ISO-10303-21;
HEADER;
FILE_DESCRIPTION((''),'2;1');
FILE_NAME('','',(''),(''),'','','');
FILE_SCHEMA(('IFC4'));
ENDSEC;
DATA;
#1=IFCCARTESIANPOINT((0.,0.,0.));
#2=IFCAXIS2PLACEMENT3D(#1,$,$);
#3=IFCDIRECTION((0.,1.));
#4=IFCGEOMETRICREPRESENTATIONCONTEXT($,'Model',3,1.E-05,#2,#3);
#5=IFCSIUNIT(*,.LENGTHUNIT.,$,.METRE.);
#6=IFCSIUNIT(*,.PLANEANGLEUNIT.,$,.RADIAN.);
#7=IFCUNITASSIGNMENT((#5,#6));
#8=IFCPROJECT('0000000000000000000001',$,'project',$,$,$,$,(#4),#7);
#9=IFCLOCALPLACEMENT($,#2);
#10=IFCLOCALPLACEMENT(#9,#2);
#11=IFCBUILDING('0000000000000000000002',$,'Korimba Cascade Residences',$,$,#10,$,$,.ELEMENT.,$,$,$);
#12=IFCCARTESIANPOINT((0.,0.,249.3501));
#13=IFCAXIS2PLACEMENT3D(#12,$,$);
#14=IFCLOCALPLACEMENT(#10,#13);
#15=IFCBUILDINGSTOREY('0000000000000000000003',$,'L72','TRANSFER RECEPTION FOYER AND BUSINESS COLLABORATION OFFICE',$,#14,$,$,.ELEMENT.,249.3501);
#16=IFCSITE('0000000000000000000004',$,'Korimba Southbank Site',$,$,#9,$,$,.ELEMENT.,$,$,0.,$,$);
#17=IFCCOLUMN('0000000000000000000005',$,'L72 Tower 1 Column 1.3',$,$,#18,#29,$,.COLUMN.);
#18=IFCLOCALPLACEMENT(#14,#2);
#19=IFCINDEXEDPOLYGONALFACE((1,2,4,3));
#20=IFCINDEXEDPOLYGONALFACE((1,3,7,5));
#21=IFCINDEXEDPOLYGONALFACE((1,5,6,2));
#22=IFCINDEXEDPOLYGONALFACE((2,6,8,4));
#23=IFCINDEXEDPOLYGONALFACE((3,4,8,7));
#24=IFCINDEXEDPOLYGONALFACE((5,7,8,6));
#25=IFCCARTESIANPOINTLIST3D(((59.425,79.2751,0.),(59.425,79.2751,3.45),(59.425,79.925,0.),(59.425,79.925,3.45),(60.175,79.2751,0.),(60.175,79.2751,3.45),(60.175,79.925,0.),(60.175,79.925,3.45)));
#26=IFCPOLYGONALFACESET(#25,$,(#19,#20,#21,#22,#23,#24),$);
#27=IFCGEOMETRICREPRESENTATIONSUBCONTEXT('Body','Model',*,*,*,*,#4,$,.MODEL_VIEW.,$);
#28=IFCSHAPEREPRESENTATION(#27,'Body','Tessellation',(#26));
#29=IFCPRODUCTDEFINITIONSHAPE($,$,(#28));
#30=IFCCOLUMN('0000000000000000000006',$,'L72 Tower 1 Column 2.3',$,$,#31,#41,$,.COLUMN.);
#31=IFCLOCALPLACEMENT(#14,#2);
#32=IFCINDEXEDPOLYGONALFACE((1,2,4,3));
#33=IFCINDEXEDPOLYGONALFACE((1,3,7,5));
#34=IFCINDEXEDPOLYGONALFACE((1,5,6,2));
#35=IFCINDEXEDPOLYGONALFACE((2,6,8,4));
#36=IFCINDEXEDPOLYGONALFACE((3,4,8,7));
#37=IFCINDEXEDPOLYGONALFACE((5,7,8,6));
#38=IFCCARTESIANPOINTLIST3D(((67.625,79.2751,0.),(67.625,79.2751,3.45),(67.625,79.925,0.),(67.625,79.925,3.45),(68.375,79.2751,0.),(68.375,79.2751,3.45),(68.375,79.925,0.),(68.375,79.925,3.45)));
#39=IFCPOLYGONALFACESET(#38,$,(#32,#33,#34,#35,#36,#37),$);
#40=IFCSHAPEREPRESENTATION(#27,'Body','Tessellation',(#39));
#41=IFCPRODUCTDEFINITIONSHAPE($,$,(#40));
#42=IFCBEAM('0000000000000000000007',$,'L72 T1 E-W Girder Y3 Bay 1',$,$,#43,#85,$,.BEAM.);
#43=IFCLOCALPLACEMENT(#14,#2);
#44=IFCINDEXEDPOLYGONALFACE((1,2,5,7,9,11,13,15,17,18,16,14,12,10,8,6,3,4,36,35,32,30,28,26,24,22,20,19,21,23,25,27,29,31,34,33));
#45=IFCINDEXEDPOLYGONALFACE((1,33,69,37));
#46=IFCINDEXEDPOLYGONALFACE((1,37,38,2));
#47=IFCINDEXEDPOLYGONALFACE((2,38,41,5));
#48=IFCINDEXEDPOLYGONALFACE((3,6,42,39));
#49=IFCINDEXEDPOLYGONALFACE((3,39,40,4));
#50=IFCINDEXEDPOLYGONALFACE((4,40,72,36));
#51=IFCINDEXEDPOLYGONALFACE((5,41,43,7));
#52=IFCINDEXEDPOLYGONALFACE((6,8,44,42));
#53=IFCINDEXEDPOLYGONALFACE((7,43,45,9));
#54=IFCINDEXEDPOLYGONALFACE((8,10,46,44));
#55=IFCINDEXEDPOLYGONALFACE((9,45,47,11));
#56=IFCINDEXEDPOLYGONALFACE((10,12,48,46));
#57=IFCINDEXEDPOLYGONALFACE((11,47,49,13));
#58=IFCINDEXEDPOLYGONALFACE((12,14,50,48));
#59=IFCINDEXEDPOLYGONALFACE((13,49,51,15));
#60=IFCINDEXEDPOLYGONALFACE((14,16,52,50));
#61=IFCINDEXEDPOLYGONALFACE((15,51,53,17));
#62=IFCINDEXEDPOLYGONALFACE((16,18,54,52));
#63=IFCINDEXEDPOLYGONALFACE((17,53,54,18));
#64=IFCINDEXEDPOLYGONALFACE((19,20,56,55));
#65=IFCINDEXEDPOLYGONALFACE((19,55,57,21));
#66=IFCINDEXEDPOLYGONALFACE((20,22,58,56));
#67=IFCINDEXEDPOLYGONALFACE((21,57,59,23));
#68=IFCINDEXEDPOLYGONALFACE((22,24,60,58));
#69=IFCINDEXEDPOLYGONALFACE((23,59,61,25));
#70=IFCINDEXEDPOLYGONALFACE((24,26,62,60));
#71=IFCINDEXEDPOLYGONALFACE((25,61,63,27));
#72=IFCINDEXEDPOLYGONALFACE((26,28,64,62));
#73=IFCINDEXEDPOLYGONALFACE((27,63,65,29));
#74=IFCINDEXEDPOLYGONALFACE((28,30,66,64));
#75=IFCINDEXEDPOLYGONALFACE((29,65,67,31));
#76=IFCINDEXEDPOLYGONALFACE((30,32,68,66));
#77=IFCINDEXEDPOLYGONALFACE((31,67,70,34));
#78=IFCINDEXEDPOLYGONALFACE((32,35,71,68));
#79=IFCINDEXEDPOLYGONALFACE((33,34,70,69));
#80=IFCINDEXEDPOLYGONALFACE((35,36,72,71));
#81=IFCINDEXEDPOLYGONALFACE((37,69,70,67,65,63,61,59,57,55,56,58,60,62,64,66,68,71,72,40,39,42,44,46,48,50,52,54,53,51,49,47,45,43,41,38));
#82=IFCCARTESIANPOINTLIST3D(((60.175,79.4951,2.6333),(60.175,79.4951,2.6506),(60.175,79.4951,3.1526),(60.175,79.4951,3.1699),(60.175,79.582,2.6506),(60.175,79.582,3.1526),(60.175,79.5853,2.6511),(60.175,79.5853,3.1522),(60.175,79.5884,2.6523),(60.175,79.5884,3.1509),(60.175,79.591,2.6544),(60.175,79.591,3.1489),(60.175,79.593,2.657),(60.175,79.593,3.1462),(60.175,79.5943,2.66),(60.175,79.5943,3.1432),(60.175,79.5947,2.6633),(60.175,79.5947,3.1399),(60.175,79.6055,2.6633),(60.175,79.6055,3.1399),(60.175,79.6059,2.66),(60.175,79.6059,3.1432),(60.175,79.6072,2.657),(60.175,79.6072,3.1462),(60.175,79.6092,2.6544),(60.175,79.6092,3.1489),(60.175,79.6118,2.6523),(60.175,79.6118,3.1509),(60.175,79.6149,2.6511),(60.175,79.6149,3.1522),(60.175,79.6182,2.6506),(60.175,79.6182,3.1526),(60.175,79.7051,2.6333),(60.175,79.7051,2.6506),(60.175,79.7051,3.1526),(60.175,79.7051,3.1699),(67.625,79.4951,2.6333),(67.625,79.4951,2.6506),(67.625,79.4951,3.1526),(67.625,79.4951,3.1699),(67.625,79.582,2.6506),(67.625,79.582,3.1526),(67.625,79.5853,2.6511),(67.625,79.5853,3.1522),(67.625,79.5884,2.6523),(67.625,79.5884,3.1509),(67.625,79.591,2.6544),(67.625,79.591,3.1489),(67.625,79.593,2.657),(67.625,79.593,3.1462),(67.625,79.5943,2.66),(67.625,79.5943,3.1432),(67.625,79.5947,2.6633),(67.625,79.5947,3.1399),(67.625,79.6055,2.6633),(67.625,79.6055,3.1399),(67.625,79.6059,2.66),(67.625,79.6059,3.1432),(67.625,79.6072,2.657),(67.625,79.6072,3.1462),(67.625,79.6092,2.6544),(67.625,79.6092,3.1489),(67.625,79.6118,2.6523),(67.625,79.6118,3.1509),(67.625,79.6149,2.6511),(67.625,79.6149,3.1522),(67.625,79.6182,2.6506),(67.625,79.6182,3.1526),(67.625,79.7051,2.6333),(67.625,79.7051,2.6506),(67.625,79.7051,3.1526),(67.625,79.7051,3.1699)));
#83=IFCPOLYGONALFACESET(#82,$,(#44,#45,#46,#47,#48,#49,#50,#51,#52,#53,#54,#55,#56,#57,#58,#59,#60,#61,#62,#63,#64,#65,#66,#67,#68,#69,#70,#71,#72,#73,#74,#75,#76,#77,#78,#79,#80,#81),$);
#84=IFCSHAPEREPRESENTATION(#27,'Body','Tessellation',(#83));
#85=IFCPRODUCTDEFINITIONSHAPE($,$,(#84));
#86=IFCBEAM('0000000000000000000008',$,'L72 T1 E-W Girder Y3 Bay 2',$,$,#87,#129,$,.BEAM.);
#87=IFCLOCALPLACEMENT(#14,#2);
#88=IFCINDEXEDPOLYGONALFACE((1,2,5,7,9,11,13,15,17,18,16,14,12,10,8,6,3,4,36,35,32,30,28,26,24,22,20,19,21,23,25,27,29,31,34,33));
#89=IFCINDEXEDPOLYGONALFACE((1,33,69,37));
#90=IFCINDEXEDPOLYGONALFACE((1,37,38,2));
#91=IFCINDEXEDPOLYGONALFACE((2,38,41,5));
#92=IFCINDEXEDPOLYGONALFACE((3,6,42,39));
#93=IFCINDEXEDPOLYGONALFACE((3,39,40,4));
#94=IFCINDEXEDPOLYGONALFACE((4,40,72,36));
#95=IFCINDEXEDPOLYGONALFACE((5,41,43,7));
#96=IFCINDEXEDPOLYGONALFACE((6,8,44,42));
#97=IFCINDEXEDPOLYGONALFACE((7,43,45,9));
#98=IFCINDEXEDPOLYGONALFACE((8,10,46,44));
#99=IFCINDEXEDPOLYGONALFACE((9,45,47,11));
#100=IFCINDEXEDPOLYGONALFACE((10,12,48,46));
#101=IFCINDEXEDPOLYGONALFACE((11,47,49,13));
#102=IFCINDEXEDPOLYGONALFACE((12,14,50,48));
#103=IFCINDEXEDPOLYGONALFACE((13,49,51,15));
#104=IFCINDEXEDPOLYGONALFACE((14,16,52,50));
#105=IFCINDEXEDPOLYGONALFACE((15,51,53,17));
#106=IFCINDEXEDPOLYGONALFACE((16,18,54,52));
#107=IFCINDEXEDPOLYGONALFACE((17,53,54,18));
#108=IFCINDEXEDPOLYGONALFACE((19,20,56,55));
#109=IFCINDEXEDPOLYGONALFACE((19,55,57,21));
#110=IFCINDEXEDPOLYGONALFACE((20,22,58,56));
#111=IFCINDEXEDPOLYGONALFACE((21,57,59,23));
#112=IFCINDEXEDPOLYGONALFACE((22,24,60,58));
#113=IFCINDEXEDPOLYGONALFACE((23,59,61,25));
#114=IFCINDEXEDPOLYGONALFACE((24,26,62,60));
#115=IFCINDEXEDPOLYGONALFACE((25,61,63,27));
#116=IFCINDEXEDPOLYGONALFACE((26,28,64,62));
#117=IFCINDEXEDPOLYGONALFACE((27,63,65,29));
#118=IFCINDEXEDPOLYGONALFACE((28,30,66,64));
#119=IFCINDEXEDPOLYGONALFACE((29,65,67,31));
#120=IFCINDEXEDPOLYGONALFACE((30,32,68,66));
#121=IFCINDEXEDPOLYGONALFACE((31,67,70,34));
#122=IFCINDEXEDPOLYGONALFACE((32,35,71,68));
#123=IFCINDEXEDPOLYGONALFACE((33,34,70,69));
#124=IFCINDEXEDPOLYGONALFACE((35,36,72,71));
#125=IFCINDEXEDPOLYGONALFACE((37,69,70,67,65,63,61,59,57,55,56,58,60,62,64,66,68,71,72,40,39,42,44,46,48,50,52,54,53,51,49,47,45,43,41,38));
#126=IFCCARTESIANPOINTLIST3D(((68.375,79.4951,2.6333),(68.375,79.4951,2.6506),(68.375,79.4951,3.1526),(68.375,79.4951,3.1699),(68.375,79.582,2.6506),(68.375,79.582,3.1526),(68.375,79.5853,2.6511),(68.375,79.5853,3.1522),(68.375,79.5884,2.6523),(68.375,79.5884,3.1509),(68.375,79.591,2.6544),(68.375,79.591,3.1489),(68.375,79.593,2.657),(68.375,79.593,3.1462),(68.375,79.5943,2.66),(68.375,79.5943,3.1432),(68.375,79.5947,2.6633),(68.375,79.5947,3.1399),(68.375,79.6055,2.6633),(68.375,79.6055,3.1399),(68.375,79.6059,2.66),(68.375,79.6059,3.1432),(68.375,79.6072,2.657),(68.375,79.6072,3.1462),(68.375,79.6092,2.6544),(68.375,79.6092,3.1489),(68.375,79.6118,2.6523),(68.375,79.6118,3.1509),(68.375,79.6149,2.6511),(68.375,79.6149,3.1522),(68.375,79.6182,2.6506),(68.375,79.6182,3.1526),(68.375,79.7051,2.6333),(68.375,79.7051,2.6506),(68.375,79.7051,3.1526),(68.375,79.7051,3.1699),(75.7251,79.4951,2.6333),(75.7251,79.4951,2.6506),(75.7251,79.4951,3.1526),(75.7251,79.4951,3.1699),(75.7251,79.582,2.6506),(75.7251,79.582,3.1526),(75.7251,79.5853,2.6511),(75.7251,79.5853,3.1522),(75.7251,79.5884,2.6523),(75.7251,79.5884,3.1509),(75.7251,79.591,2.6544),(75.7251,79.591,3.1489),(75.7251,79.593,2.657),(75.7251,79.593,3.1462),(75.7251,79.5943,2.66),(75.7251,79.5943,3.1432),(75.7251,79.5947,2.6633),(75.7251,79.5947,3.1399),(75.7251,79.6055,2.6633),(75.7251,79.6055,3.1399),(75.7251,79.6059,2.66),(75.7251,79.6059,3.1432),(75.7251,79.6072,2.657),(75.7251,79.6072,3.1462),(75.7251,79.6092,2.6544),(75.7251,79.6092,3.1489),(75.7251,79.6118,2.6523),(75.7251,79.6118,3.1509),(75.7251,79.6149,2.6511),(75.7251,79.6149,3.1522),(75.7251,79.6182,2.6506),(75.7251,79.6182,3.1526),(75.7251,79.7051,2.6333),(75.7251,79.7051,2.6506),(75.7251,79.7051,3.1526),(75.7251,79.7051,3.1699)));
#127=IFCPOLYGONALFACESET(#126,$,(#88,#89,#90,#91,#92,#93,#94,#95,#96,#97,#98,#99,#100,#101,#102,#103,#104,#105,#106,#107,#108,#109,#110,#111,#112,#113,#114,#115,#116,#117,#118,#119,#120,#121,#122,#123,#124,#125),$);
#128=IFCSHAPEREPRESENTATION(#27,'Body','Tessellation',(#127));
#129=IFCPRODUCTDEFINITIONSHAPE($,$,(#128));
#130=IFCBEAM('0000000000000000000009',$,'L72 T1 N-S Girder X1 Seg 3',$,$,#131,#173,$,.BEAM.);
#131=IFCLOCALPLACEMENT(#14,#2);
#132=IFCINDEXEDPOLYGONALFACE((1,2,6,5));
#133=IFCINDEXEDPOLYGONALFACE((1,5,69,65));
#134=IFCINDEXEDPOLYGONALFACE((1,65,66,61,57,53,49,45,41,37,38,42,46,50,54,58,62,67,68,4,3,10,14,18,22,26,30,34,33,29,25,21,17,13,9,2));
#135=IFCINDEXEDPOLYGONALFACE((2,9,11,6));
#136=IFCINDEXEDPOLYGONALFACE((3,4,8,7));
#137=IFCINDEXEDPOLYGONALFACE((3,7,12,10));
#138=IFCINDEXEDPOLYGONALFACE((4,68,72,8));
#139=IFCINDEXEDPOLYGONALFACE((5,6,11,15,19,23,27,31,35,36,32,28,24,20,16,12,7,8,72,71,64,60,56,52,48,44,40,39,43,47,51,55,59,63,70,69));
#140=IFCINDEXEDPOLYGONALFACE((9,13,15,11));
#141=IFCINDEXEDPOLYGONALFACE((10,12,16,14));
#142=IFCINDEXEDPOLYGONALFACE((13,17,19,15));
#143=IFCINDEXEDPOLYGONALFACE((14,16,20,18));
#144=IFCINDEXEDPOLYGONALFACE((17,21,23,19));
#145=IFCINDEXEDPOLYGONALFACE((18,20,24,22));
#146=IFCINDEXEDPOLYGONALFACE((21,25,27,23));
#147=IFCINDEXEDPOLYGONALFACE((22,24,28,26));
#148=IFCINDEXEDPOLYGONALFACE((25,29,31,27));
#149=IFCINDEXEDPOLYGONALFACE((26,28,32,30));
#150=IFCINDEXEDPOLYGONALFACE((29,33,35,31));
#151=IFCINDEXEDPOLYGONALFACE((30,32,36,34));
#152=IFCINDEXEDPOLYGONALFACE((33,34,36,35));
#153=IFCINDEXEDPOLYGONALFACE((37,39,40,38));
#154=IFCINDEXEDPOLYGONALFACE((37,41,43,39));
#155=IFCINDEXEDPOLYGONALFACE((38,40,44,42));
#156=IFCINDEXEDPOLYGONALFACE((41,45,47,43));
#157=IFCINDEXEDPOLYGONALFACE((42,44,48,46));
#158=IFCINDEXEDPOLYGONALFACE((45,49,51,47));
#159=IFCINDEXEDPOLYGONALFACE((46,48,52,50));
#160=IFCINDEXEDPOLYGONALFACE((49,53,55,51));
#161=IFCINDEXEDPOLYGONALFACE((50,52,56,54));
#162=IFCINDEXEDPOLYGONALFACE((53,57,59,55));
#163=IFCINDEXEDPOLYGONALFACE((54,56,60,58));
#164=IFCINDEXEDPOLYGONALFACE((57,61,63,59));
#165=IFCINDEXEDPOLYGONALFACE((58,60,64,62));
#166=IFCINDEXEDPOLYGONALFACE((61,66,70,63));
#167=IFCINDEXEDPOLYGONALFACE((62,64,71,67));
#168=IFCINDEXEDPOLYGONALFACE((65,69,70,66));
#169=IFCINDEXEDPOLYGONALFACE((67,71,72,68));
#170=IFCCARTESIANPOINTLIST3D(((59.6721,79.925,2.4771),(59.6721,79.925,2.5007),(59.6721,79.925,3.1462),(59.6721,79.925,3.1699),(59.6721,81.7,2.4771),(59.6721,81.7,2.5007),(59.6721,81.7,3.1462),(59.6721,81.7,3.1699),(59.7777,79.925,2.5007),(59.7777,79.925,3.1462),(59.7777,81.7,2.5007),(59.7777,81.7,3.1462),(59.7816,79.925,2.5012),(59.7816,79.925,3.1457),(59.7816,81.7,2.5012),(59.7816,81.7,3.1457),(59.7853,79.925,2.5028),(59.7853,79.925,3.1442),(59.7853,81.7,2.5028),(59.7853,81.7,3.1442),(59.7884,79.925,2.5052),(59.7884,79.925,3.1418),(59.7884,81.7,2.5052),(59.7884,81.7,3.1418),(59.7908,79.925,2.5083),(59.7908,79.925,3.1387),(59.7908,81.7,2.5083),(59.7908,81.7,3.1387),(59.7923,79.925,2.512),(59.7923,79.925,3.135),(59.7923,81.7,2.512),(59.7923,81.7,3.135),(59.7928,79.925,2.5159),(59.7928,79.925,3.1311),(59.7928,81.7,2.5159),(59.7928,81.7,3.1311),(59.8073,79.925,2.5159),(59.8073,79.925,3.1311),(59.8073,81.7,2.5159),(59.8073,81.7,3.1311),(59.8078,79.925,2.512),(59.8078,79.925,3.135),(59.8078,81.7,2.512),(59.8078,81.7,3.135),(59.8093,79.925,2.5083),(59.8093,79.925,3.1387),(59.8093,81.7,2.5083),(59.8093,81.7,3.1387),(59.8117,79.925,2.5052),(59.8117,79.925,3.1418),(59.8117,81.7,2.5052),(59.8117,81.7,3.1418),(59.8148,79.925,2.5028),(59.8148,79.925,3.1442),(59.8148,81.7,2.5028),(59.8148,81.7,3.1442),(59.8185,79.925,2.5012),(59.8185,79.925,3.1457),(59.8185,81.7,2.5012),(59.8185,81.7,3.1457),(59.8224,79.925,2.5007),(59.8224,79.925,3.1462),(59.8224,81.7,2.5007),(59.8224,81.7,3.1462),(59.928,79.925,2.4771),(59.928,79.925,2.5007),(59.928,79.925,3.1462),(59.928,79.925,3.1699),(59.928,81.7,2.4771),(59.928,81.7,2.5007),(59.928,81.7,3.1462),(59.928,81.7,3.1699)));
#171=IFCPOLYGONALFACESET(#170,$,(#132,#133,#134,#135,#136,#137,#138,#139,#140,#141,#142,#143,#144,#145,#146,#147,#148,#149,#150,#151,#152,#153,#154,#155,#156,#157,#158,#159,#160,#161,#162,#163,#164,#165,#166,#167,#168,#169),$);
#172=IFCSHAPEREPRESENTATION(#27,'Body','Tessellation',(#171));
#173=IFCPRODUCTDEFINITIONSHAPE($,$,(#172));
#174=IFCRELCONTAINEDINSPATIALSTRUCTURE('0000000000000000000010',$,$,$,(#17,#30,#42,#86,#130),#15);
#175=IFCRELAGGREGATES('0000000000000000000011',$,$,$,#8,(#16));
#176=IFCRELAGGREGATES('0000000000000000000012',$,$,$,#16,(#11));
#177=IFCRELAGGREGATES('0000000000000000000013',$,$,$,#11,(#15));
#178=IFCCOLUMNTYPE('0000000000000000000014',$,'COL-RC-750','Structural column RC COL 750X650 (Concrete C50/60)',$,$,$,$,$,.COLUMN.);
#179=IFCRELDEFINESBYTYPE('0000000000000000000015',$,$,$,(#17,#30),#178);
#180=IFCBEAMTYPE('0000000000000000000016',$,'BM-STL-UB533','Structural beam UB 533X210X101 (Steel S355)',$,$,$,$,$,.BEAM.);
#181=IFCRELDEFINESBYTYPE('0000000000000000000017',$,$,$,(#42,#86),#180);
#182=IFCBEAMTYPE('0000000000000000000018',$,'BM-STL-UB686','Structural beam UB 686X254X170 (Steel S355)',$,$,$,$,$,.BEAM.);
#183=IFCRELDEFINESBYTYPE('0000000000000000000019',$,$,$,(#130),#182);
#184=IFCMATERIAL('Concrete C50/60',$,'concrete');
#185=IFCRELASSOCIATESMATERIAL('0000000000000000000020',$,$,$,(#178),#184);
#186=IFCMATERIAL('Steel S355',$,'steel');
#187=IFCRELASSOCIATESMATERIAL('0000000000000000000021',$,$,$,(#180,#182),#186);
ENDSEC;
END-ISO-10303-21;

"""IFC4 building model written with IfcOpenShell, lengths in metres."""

from ifc_helpers import new_model, si_unit, direction, frame, origin, origin_2d, place, context, subcontext, project, spatial, rectangle, i_section, extrude, material, material_profile, profile_set, type_object, element, save


model = new_model("IFC4")

# Units and contexts
model_context = context("Model", 3, precision=1e-05, world=origin(), true_north=direction((0.0, 1.0)))
body_context = subcontext(model_context, "Body", "Model", "MODEL_VIEW")
ifc_project = project(units=[si_unit("LENGTHUNIT", "METRE"), si_unit("PLANEANGLEUNIT", "RADIAN")], contexts=[model_context])

# Site, building, storey
site_placement = place(None, origin())
site = spatial("IfcSite", under=ifc_project, at=site_placement, Name="Korimba Southbank Site", CompositionType="ELEMENT", RefElevation=0.0)
building_placement = place(site_placement, origin())
building = spatial("IfcBuilding", under=site, at=building_placement, Name="Korimba Cascade Residences", CompositionType="ELEMENT")
storey_placement = place(building_placement, frame((0.0, 0.0, 249.3501)))
storey = spatial("IfcBuildingStorey", under=building, at=storey_placement, Name="L72", Description="TRANSFER RECEPTION FOYER AND BUSINESS COLLABORATION OFFICE", CompositionType="ELEMENT", Elevation=249.3501)

# Columns
ifc_material_1 = material(Name="Concrete C50/60", Category="concrete")
ifc_material_profile_1 = material_profile(ifc_material_1, rectangle(XDim=0.75, YDim=0.6499, at=origin_2d()), Name="Concrete C50/60")
ifc_profile_set_1 = profile_set([ifc_material_profile_1], Name="Concrete C50/60")
column_type = type_object("IfcColumnType", Name="COL-RC-750", Description="Structural column RC COL 750X650 (Concrete C50/60)", PredefinedType="COLUMN", material=ifc_profile_set_1)
for number, where, z_axis, x_axis, name in (
    (1, (59.8, 79.6001, 0.0), (0.0, 0.0, 1.0), (1.0, 0.0, 0.0), "L72 Tower 1 Column 1.3"),
    (2, (68.0, 79.6001, 0.0), (0.0, 0.0, 1.0), (1.0, 0.0, 0.0), "L72 Tower 1 Column 2.3"),
):
    element("IfcColumn", number, at=place(storey_placement, frame(where, z_axis=z_axis, x_axis=x_axis)), inside=storey, type_object=column_type, Name=name, PredefinedType="COLUMN", context=body_context, shape_type="SweptSolid", body=[
        extrude(rectangle(XDim=0.75, YDim=0.6499, at=origin_2d()), origin(), (0.0, 0.0, 1.0), 3.45),
    ])

# Beams
ifc_material_2 = material(Name="Steel S355", Category="steel")
ifc_material_profile_2 = material_profile(ifc_material_2, i_section(OverallWidth=0.21, OverallDepth=0.5366, WebThickness=0.0107, FlangeThickness=0.0173, FilletRadius=0.0127, at=origin_2d()), Name="Steel S355")
ifc_profile_set_2 = profile_set([ifc_material_profile_2], Name="Steel S355")
beam_type_1 = type_object("IfcBeamType", Name="BM-STL-UB533", Description="Structural beam UB 533X210X101 (Steel S355)", PredefinedType="BEAM", material=ifc_profile_set_2)
beam_1_placement = place(storey_placement, frame((60.175, 79.6001, 2.9016), z_axis=(1.0, 0.0, 0.0), x_axis=(0.0, 1.0, 0.0)))
element("IfcBeam", 3, at=beam_1_placement, inside=storey, type_object=beam_type_1, Name="L72 T1 E-W Girder Y3 Bay 1", PredefinedType="BEAM", context=body_context, shape_type="SweptSolid", body=[
    extrude(i_section(OverallWidth=0.21, OverallDepth=0.5366, WebThickness=0.0107, FlangeThickness=0.0173, FilletRadius=0.0127, at=origin_2d()), origin(), (0.0, 0.0, 1.0), 7.45),
])
beam_2_placement = place(storey_placement, frame((68.375, 79.6001, 2.9016), z_axis=(1.0, 0.0, 0.0), x_axis=(0.0, 1.0, 0.0)))
element("IfcBeam", 4, at=beam_2_placement, inside=storey, type_object=beam_type_1, Name="L72 T1 E-W Girder Y3 Bay 2", PredefinedType="BEAM", context=body_context, shape_type="SweptSolid", body=[
    extrude(i_section(OverallWidth=0.21, OverallDepth=0.5366, WebThickness=0.0107, FlangeThickness=0.0173, FilletRadius=0.0127, at=origin_2d()), origin(), (0.0, 0.0, 1.0), 7.3501),
])
ifc_material_profile_3 = material_profile(ifc_material_2, i_section(OverallWidth=0.2559, OverallDepth=0.6929, WebThickness=0.0144, FlangeThickness=0.0237, FilletRadius=0.0151, at=origin_2d()), Name="Steel S355")
ifc_profile_set_3 = profile_set([ifc_material_profile_3], Name="Steel S355")
beam_type_2 = type_object("IfcBeamType", Name="BM-STL-UB686", Description="Structural beam UB 686X254X170 (Steel S355)", PredefinedType="BEAM", material=ifc_profile_set_3)
beam_3_placement = place(storey_placement, frame((59.8, 79.925, 2.8235), z_axis=(0.0, 1.0, 0.0), x_axis=(-1.0, 0.0, 0.0)))
element("IfcBeam", 5, at=beam_3_placement, inside=storey, type_object=beam_type_2, Name="L72 T1 N-S Girder X1 Seg 3", PredefinedType="BEAM", context=body_context, shape_type="SweptSolid", body=[
    extrude(i_section(OverallWidth=0.2559, OverallDepth=0.6929, WebThickness=0.0144, FlangeThickness=0.0237, FilletRadius=0.0151, at=origin_2d()), origin(), (0.0, 0.0, 1.0), 1.7749),
])

save(model, "model.ifc")
